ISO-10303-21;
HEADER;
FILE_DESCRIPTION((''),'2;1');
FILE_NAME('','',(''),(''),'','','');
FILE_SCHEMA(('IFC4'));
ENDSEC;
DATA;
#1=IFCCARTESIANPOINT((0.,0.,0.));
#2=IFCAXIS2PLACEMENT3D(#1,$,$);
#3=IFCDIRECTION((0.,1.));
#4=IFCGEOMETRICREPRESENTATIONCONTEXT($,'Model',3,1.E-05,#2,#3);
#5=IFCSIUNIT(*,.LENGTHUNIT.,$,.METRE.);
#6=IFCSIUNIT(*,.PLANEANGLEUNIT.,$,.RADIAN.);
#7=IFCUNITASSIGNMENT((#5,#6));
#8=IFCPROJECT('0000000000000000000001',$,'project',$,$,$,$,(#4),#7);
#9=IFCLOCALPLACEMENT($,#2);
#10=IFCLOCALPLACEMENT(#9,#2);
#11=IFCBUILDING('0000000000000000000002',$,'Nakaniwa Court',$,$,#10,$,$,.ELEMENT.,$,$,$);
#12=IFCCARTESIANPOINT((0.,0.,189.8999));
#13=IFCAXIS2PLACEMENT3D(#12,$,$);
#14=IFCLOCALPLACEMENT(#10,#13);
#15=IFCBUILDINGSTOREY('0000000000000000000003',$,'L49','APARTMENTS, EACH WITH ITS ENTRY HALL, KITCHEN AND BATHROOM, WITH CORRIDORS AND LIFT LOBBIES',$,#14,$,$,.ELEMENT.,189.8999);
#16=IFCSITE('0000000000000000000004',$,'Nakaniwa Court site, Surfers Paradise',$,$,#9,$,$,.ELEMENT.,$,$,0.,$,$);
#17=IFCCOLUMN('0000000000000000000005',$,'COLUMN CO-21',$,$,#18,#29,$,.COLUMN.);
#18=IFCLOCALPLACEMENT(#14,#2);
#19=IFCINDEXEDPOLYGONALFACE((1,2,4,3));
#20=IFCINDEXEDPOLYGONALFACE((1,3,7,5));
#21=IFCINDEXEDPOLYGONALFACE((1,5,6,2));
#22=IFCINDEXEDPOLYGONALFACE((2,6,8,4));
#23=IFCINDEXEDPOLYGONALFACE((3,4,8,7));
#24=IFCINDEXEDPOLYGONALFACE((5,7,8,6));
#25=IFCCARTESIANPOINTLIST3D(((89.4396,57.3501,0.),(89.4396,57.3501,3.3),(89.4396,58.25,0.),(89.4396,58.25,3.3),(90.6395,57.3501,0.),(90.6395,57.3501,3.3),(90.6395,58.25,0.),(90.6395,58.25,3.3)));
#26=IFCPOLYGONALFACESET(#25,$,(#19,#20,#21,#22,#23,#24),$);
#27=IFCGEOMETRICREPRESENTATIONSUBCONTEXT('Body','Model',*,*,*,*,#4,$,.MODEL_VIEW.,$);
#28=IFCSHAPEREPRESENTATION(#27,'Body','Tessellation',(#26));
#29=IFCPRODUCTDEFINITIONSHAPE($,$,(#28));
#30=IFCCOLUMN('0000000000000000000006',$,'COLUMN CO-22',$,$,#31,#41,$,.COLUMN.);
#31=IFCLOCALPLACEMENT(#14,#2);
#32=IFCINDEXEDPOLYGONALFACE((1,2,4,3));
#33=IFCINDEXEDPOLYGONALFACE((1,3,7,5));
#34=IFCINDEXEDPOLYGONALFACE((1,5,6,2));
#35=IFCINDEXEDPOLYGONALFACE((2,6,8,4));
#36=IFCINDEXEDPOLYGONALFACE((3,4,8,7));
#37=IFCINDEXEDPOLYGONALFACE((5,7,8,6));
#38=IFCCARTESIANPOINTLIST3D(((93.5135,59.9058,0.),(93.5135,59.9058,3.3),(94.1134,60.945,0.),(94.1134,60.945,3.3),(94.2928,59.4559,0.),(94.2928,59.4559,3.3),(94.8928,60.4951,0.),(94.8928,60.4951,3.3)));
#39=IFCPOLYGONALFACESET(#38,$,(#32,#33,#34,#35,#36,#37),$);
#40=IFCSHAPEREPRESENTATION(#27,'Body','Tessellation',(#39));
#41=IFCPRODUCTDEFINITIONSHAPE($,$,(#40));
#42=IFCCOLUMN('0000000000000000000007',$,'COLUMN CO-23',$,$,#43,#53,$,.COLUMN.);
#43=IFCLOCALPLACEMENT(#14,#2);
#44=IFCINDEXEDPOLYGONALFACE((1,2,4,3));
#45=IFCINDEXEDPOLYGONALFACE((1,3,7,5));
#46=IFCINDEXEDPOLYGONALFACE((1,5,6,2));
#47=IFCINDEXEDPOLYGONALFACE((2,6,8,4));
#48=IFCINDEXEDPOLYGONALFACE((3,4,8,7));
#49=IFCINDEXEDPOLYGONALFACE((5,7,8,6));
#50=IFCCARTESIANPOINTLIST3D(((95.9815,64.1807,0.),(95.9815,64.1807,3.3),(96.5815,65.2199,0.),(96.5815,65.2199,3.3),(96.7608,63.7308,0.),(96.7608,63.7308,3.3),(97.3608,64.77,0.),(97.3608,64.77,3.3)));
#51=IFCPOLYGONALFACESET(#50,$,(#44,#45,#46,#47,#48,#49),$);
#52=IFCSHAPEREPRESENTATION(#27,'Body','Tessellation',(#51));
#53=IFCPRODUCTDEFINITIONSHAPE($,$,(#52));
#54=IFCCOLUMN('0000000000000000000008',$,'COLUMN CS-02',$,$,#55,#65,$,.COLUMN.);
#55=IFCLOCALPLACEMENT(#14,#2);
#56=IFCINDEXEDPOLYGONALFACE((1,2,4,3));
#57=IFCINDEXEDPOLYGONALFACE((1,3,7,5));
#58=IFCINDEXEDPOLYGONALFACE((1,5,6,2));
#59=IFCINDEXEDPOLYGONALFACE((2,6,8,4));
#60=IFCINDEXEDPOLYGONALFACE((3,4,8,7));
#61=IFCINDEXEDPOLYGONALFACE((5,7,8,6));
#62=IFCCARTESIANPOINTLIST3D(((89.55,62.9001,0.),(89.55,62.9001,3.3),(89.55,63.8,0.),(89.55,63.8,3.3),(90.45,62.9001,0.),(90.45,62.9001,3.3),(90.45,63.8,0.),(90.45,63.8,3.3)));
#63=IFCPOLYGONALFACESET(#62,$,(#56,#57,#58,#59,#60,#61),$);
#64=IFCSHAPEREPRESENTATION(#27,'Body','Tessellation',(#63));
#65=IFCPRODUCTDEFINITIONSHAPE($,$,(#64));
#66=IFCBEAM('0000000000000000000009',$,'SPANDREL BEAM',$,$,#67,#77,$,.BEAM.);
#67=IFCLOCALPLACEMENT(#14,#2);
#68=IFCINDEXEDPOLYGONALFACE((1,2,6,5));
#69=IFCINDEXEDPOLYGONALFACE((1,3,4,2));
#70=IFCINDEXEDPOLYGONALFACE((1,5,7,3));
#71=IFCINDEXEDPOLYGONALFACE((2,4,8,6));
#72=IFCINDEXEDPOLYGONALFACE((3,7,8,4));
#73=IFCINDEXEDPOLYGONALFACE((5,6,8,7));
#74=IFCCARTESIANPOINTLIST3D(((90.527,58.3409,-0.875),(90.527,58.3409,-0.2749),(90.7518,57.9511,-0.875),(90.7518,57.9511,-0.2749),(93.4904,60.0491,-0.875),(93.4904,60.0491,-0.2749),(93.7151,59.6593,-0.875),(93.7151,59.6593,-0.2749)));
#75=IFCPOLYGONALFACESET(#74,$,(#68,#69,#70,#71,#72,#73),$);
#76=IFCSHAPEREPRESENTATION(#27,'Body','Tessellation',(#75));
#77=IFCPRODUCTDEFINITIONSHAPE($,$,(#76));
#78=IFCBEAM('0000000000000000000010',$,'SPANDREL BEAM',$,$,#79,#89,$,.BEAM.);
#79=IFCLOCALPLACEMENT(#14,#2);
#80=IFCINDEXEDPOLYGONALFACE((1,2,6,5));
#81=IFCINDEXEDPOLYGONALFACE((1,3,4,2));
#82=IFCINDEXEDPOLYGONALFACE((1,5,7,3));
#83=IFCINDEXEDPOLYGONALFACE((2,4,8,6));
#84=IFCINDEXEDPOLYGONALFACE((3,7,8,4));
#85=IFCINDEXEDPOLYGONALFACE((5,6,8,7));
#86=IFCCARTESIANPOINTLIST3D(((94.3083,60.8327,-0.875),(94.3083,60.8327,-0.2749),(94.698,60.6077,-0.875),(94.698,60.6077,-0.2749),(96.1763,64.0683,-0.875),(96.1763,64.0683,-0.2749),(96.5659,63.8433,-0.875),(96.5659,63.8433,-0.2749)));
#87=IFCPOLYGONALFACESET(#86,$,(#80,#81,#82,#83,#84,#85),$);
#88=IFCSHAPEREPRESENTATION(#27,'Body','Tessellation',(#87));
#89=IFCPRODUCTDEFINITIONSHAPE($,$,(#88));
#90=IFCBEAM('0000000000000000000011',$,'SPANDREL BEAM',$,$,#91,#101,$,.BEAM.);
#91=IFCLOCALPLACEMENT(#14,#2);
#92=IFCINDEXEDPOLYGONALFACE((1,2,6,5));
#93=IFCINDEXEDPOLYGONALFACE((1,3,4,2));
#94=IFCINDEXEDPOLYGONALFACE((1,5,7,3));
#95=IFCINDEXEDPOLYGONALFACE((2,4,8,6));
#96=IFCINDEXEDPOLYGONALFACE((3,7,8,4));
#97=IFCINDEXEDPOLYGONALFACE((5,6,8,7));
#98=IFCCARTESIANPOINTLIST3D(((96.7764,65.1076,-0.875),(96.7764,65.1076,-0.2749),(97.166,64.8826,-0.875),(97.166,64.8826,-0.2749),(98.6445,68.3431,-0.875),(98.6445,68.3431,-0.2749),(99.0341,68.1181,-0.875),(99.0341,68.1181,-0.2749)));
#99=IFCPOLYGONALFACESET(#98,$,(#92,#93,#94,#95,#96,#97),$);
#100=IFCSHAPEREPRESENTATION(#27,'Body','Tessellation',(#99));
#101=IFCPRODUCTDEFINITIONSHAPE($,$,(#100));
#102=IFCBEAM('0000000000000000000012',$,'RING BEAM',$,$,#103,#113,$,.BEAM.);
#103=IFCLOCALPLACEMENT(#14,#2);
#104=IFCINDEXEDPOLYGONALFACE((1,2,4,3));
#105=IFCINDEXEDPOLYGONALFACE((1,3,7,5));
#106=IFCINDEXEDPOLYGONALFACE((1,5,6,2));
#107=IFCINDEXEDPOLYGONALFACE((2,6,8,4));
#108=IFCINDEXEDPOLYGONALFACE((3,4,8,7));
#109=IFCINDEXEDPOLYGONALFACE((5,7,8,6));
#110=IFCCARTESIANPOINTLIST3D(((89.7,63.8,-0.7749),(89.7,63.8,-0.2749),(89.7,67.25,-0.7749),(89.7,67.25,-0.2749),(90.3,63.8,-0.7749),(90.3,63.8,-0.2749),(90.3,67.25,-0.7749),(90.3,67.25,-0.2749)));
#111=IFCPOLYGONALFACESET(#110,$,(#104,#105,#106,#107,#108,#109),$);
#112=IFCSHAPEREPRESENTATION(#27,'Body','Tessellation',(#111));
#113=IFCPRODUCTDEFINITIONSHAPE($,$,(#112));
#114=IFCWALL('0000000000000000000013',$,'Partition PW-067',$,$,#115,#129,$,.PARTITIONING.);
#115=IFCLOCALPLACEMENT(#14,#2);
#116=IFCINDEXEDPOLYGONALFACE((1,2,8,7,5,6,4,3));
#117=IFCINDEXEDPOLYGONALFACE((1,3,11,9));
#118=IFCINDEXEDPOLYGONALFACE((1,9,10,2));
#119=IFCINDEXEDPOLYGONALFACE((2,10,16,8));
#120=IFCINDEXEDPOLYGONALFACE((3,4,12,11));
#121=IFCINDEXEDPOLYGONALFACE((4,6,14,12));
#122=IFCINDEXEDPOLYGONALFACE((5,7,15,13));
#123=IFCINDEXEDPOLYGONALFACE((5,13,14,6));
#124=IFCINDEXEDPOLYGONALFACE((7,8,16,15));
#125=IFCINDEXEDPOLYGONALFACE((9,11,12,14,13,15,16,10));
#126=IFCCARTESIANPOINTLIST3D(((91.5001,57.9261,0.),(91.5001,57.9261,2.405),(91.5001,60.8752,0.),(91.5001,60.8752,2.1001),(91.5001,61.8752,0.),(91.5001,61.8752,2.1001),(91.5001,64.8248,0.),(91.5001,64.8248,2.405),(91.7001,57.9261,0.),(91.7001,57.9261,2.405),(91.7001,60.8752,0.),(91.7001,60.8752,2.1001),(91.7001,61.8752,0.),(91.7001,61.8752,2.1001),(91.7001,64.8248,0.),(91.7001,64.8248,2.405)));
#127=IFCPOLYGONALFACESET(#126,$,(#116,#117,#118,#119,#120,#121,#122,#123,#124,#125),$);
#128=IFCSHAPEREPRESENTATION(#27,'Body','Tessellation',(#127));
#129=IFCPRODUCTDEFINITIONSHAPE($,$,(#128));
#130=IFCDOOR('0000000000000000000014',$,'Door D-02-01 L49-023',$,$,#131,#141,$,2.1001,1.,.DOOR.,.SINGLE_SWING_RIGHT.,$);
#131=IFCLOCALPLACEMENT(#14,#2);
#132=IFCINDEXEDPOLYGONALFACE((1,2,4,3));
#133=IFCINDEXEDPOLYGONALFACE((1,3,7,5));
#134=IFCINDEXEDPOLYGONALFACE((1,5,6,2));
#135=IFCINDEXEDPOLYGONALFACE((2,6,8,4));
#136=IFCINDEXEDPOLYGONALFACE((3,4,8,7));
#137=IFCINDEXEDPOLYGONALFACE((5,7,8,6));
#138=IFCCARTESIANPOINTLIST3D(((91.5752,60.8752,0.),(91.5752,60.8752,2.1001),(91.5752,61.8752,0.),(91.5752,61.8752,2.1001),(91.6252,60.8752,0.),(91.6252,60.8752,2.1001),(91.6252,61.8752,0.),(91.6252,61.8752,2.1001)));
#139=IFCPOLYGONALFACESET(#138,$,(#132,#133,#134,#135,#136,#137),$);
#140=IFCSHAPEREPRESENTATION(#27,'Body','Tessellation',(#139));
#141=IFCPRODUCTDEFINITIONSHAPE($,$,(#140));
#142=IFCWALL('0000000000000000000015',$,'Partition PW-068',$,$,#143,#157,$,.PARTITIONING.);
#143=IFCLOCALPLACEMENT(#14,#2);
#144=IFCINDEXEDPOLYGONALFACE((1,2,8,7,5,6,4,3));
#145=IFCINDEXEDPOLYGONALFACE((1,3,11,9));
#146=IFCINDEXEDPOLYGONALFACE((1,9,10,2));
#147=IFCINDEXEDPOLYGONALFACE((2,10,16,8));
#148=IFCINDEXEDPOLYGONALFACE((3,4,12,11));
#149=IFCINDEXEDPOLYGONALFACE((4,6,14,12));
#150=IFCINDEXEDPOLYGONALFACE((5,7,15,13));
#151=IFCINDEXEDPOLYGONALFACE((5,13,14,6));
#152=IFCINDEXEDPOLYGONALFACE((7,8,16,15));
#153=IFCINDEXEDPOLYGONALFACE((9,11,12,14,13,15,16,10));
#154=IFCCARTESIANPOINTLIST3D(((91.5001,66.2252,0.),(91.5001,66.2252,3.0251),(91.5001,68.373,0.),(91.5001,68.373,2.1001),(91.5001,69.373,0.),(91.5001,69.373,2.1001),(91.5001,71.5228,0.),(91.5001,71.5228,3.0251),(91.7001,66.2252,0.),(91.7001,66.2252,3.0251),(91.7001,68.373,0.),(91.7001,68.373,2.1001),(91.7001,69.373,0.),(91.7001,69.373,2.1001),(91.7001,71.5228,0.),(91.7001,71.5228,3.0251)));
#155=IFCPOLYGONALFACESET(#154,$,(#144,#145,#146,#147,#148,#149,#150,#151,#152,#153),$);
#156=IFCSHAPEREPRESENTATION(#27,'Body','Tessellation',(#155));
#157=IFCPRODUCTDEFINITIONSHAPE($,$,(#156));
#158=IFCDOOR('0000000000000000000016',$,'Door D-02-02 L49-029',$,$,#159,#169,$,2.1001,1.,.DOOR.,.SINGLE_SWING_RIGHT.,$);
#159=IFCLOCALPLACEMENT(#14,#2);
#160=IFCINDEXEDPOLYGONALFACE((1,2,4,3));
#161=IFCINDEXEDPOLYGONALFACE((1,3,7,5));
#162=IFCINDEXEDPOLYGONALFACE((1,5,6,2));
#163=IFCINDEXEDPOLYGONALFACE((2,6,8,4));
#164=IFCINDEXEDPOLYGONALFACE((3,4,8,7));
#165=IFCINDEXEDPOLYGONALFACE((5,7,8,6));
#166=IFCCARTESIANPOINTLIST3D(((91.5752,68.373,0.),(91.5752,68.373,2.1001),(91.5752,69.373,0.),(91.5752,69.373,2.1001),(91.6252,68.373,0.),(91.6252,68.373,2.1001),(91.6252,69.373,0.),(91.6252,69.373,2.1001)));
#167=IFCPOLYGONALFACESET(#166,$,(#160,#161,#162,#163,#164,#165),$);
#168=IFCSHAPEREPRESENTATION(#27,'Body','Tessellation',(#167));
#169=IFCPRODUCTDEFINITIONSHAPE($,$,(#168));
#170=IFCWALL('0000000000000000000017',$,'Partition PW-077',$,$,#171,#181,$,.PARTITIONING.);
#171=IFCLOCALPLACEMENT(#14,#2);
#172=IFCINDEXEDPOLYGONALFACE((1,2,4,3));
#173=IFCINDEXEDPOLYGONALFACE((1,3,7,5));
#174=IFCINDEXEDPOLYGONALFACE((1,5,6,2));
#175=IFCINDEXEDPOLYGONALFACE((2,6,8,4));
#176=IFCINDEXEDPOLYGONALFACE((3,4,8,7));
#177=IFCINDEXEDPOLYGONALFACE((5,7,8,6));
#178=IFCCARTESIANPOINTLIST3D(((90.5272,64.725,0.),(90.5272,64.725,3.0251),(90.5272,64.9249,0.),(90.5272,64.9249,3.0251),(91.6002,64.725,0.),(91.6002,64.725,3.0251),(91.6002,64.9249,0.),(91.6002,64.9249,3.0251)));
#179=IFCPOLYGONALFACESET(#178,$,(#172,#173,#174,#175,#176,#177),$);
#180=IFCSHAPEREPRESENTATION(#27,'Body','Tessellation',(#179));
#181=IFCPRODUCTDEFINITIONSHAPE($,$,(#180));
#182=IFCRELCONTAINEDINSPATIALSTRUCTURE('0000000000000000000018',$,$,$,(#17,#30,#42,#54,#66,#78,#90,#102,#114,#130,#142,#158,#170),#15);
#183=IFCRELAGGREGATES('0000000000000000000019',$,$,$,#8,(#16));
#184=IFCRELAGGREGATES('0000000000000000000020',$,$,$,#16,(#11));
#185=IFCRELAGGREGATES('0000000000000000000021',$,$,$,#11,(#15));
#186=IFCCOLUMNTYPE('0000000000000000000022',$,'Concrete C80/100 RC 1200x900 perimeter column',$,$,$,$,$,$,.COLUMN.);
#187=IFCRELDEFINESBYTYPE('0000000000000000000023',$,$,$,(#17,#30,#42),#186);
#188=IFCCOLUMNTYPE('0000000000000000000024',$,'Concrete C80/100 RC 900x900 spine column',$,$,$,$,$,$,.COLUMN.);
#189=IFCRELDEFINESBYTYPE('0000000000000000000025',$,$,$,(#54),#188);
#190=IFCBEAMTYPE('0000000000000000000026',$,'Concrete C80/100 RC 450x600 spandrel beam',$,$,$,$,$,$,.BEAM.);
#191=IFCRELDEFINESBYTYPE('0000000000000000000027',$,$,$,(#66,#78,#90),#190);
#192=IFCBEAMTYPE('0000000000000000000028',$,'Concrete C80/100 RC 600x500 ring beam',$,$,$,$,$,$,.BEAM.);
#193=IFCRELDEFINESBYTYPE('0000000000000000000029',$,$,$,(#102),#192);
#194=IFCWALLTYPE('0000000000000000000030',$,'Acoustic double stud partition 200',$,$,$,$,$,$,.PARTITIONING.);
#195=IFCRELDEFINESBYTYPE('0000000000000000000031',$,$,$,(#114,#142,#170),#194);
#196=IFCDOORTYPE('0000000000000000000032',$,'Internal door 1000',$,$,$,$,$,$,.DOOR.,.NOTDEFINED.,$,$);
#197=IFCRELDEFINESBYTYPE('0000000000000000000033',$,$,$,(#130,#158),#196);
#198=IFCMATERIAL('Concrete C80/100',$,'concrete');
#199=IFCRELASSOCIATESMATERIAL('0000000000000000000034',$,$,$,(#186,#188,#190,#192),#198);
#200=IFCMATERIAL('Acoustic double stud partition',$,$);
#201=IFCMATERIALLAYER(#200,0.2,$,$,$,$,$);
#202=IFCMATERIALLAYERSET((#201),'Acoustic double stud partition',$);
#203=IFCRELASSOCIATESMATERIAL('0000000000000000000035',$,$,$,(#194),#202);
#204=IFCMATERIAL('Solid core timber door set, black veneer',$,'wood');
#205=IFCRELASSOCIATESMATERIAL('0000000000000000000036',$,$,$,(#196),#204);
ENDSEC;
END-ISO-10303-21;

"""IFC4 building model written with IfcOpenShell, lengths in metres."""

from ifc_helpers import new_model, si_unit, direction, frame, frame_2d, origin, origin_2d, place, context, subcontext, project, spatial, rectangle, extrude, material, layer, layer_set, material_profile, profile_set, type_object, element, fill, save


model = new_model("IFC4")

# Units and contexts
model_context = context("Model", 3, precision=1e-05, world=origin(), true_north=direction((0.0, 1.0)))
body_context = subcontext(model_context, "Body", "Model", "MODEL_VIEW")
ifc_project = project(units=[si_unit("LENGTHUNIT", "METRE"), si_unit("PLANEANGLEUNIT", "RADIAN")], contexts=[model_context])

# Site, building, storey
site_placement = place(None, origin())
site = spatial("IfcSite", under=ifc_project, at=site_placement, Name="Nakaniwa Court site, Surfers Paradise", CompositionType="ELEMENT", RefElevation=0.0)
building_placement = place(site_placement, origin())
building = spatial("IfcBuilding", under=site, at=building_placement, Name="Nakaniwa Court", CompositionType="ELEMENT")
storey_placement = place(building_placement, frame((0.0, 0.0, 189.8999)))
storey = spatial("IfcBuildingStorey", under=building, at=storey_placement, Name="L49", Description="APARTMENTS, EACH WITH ITS ENTRY HALL, KITCHEN AND BATHROOM, WITH CORRIDORS AND LIFT LOBBIES", CompositionType="ELEMENT", Elevation=189.8999)

# Columns
ifc_material_1 = material(Name="Concrete C80/100", Category="concrete")
ifc_material_profile_1 = material_profile(ifc_material_1, rectangle(XDim=1.2, YDim=0.8999, at=origin_2d()), Name="Concrete C80/100 RC 1200x900 perimeter column")
ifc_profile_set_1 = profile_set([ifc_material_profile_1], Name="Concrete C80/100")
column_type_1 = type_object("IfcColumnType", Name="Concrete C80/100 RC 1200x900 perimeter column", PredefinedType="COLUMN", material=ifc_profile_set_1)
for number, where, z_axis, x_axis, name in (
    (1, (90.0396, 57.8, 0.0), (0.0, 0.0, 1.0), (1.0, 0.0, 0.0), "COLUMN CO-21"),
    (2, (94.2031, 60.2004, 0.0), (0.0, 0.0, 1.0), (0.5, 0.866025, 0.0), "COLUMN CO-22"),
    (3, (96.6711, 64.4753, 0.0), (0.0, 0.0, 1.0), (0.5, 0.866025, 0.0), "COLUMN CO-23"),
):
    element("IfcColumn", number, at=place(storey_placement, frame(where, z_axis=z_axis, x_axis=x_axis)), inside=storey, type_object=column_type_1, Name=name, PredefinedType="COLUMN", context=body_context, shape_type="SweptSolid", body=[
        extrude(rectangle(XDim=1.2, YDim=0.8999, at=origin_2d()), origin(), (0.0, 0.0, 1.0), 3.3),
    ])
ifc_material_profile_2 = material_profile(ifc_material_1, rectangle(XDim=0.8999, YDim=0.8999, at=origin_2d()), Name="Concrete C80/100 RC 900x900 spine column")
ifc_profile_set_2 = profile_set([ifc_material_profile_2], Name="Concrete C80/100")
column_type_2 = type_object("IfcColumnType", Name="Concrete C80/100 RC 900x900 spine column", PredefinedType="COLUMN", material=ifc_profile_set_2)
column_placement = place(storey_placement, frame((90.0, 63.3501, 0.0), z_axis=(0.0, 0.0, 1.0), x_axis=(0.0, 1.0, 0.0)))
element("IfcColumn", 4, at=column_placement, inside=storey, type_object=column_type_2, Name="COLUMN CS-02", PredefinedType="COLUMN", context=body_context, shape_type="SweptSolid", body=[
    extrude(rectangle(XDim=0.8999, YDim=0.8999, at=origin_2d()), origin(), (0.0, 0.0, 1.0), 3.3),
])

# Beams
ifc_material_profile_3 = material_profile(ifc_material_1, rectangle(XDim=0.45, YDim=0.6001, at=origin_2d()), Name="Concrete C80/100 RC 450x600 spandrel beam")
ifc_profile_set_3 = profile_set([ifc_material_profile_3], Name="Concrete C80/100")
beam_type_1 = type_object("IfcBeamType", Name="Concrete C80/100 RC 450x600 spandrel beam", PredefinedType="BEAM", material=ifc_profile_set_3)
beam_1_placement = place(storey_placement, frame((90.6394, 58.146, -0.575), z_axis=(0.866361, 0.499418, 0.0), x_axis=(-0.499418, 0.866361, 0.0)))
element("IfcBeam", 5, at=beam_1_placement, inside=storey, type_object=beam_type_1, Name="SPANDREL BEAM", PredefinedType="BEAM", context=body_context, shape_type="SweptSolid", body=[
    extrude(rectangle(XDim=0.45, YDim=0.6001, at=origin_2d()), origin(), (0.0, 0.0, 1.0), 3.4204),
])
for number, where, z_axis, x_axis, name in (
    (6, (94.5032, 60.7202, -0.575), (0.499969, 0.866043, 0.0), (-0.866043, 0.499969, 0.0), "SPANDREL BEAM"),
    (7, (96.9712, 64.9951, -0.575), (0.500018, 0.866015, 0.0), (-0.866015, 0.500018, 0.0), "SPANDREL BEAM"),
):
    element("IfcBeam", number, at=place(storey_placement, frame(where, z_axis=z_axis, x_axis=x_axis)), inside=storey, type_object=beam_type_1, Name=name, PredefinedType="BEAM", context=body_context, shape_type="SweptSolid", body=[
        extrude(rectangle(XDim=0.45, YDim=0.6001, at=origin_2d()), origin(), (0.0, 0.0, 1.0), 3.7361),
    ])
ifc_material_profile_4 = material_profile(ifc_material_1, rectangle(XDim=0.6001, YDim=0.5, at=origin_2d()), Name="Concrete C80/100 RC 600x500 ring beam")
ifc_profile_set_4 = profile_set([ifc_material_profile_4], Name="Concrete C80/100")
beam_type_2 = type_object("IfcBeamType", Name="Concrete C80/100 RC 600x500 ring beam", PredefinedType="BEAM", material=ifc_profile_set_4)
beam_2_placement = place(storey_placement, frame((90.0, 63.8, -0.5249), z_axis=(0.0, 1.0, 0.0), x_axis=(-1.0, 0.0, 0.0)))
element("IfcBeam", 8, at=beam_2_placement, inside=storey, type_object=beam_type_2, Name="RING BEAM", PredefinedType="BEAM", context=body_context, shape_type="SweptSolid", body=[
    extrude(rectangle(XDim=0.6001, YDim=0.5, at=origin_2d()), origin(), (0.0, 0.0, 1.0), 3.45),
])

# Walls, openings, doors
ifc_material_2 = material(Name="Acoustic double stud partition")
ifc_layer_1 = layer(ifc_material_2, 0.2)
ifc_layer_set_1 = layer_set([ifc_layer_1], Name="Acoustic double stud partition")
wall_type_1 = type_object("IfcWallType", Name="Acoustic double stud partition 200", PredefinedType="PARTITIONING", material=ifc_layer_set_1)
wall_1_placement = place(storey_placement, frame((91.6001, 57.9263, 0.0), z_axis=(0.0, 0.0, 1.0), x_axis=(0.0, 1.0, 0.0)))
wall_1 = element("IfcWall", 9, at=wall_1_placement, inside=storey, type_object=wall_type_1, Name="Partition PW-067", PredefinedType="PARTITIONING", context=body_context, shape_type="SweptSolid", body=[
    extrude(rectangle(XDim=6.8987, YDim=0.2, at=frame_2d((3.4492, 0.0))), origin(), (0.0, 0.0, 1.0), 2.405),
])
opening_1_placement = place(wall_1_placement, frame((2.949, 0.0, 0.0)))
opening_1 = element("IfcOpeningElement", 10, at=opening_1_placement, cuts=wall_1, PredefinedType="OPENING", context=body_context, shape_type="SweptSolid", body=[
    extrude(rectangle(XDim=1.0, YDim=2.1001, at=frame_2d((0.5, 1.05))), frame((0.0, 0.1099, 0.0), z_axis=(0.0, -1.0, 0.0), x_axis=(1.0, 0.0, 0.0)), (0.0, 0.0, 1.0), 0.22),
])
ifc_material_3 = material(Name="Solid core timber door set, black veneer", Category="wood")
door_type_1 = type_object("IfcDoorType", Name="Internal door 1000", OperationType="NOTDEFINED", PredefinedType="DOOR", material=ifc_material_3)
door_1_placement = place(opening_1_placement, origin())
door_1 = element("IfcDoor", 11, at=door_1_placement, inside=storey, type_object=door_type_1, Name="Door D-02-01 L49-023", OperationType="SINGLE_SWING_RIGHT", OverallHeight=2.1001, OverallWidth=1.0, PredefinedType="DOOR", context=body_context, shape_type="SweptSolid", body=[
    extrude(rectangle(XDim=1.0, YDim=2.1001, at=frame_2d((0.5, 1.05))), frame((0.0, 0.0249, 0.0), z_axis=(0.0, -1.0, 0.0), x_axis=(1.0, 0.0, 0.0)), (0.0, 0.0, 1.0), 0.05),
])
fill(opening_1, door_1)
wall_2_placement = place(storey_placement, frame((91.6001, 66.2251, 0.0), z_axis=(0.0, 0.0, 1.0), x_axis=(0.0, 1.0, 0.0)))
wall_2 = element("IfcWall", 12, at=wall_2_placement, inside=storey, type_object=wall_type_1, Name="Partition PW-068", PredefinedType="PARTITIONING", context=body_context, shape_type="SweptSolid", body=[
    extrude(rectangle(XDim=5.2976, YDim=0.2, at=frame_2d((2.6489, 0.0))), origin(), (0.0, 0.0, 1.0), 3.0251),
])
opening_2_placement = place(wall_2_placement, frame((2.1479, 0.0, 0.0)))
opening_2 = element("IfcOpeningElement", 13, at=opening_2_placement, cuts=wall_2, PredefinedType="OPENING", context=body_context, shape_type="SweptSolid", body=[
    extrude(rectangle(XDim=1.0, YDim=2.1001, at=frame_2d((0.5, 1.05))), frame((0.0, 0.1099, 0.0), z_axis=(0.0, -1.0, 0.0), x_axis=(1.0, 0.0, 0.0)), (0.0, 0.0, 1.0), 0.22),
])
door_2_placement = place(opening_2_placement, origin())
door_2 = element("IfcDoor", 14, at=door_2_placement, inside=storey, type_object=door_type_1, Name="Door D-02-02 L49-029", OperationType="SINGLE_SWING_RIGHT", OverallHeight=2.1001, OverallWidth=1.0, PredefinedType="DOOR", context=body_context, shape_type="SweptSolid", body=[
    extrude(rectangle(XDim=1.0, YDim=2.1001, at=frame_2d((0.5, 1.05))), frame((0.0, 0.0249, 0.0), z_axis=(0.0, -1.0, 0.0), x_axis=(1.0, 0.0, 0.0)), (0.0, 0.0, 1.0), 0.05),
])
fill(opening_2, door_2)

# Wall
wall_3_placement = place(storey_placement, frame((90.5271, 64.825, 0.0), z_axis=(0.0, 0.0, 1.0), x_axis=(1.0, 0.0, 0.0)))
element("IfcWall", 15, at=wall_3_placement, inside=storey, type_object=wall_type_1, Name="Partition PW-077", PredefinedType="PARTITIONING", context=body_context, shape_type="SweptSolid", body=[
    extrude(rectangle(XDim=1.073, YDim=0.2, at=frame_2d((0.5366, 0.0))), origin(), (0.0, 0.0, 1.0), 3.0251),
])

save(model, "model.ifc")
